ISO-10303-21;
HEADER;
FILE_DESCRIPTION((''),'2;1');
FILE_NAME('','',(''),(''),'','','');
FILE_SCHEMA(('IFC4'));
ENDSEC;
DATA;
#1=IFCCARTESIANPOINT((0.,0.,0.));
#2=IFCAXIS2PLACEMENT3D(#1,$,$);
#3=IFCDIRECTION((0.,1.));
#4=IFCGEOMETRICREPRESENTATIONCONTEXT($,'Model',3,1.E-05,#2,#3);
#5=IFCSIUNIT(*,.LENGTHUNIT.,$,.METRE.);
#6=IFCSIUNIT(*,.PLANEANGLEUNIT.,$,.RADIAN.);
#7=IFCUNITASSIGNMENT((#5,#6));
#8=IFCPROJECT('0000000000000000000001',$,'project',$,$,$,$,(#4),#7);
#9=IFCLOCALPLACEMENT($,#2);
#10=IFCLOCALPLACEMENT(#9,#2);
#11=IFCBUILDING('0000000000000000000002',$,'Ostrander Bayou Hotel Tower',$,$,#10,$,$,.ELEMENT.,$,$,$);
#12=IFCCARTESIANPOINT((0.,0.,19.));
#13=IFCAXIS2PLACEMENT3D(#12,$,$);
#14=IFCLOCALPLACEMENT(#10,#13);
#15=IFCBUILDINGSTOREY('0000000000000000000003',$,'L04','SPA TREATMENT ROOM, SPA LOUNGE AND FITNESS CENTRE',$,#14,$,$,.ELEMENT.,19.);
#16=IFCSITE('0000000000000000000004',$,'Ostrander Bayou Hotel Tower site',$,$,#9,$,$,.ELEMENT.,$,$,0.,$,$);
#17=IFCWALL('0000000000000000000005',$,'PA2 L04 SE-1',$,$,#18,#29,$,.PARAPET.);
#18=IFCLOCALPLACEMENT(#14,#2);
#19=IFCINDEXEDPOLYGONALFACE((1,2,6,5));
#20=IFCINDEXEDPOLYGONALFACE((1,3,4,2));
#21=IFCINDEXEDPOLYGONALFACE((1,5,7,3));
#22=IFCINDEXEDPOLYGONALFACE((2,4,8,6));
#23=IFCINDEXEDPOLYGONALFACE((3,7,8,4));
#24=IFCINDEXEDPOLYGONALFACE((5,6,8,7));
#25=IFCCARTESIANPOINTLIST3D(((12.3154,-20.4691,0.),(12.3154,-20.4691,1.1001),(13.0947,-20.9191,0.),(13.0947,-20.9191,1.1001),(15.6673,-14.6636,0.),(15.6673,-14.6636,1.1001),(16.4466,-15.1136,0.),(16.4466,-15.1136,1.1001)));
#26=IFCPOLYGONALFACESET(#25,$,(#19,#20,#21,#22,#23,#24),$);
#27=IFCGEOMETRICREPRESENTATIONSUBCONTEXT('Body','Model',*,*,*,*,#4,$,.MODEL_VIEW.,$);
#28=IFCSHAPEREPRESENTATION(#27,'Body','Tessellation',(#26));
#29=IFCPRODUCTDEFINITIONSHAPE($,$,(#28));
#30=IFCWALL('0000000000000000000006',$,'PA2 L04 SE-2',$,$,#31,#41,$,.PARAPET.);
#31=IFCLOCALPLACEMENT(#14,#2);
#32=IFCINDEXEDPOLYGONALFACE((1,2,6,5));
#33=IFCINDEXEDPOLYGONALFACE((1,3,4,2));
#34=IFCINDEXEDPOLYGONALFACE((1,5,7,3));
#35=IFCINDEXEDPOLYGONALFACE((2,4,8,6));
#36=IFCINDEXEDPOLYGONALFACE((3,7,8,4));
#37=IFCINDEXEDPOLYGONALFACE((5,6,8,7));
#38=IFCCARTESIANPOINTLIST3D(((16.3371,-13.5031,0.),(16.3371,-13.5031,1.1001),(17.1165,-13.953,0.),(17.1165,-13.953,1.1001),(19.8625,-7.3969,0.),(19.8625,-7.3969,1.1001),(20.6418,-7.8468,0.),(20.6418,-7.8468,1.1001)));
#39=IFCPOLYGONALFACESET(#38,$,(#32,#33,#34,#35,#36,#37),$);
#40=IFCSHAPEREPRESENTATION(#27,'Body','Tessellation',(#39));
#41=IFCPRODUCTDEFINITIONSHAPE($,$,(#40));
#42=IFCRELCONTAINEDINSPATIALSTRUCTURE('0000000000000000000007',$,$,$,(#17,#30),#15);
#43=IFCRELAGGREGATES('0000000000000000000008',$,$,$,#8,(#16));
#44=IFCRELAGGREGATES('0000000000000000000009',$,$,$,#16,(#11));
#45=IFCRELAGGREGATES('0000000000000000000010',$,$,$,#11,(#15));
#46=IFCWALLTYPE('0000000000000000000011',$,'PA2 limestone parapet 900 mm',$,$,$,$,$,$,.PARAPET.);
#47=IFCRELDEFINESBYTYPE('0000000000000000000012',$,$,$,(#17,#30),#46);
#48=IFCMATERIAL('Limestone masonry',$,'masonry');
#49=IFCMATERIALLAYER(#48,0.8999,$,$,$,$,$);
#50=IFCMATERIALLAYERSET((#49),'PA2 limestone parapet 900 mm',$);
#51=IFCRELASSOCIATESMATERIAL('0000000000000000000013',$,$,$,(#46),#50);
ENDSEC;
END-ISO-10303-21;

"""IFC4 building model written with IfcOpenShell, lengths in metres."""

from ifc_helpers import new_model, si_unit, direction, frame, frame_2d, origin, place, context, subcontext, project, spatial, rectangle, extrude, material, layer, layer_set, type_object, element, save


model = new_model("IFC4")

# Units and contexts
model_context = context("Model", 3, precision=1e-05, world=origin(), true_north=direction((0.0, 1.0)))
body_context = subcontext(model_context, "Body", "Model", "MODEL_VIEW")
ifc_project = project(units=[si_unit("LENGTHUNIT", "METRE"), si_unit("PLANEANGLEUNIT", "RADIAN")], contexts=[model_context])

# Site, building, storey
site_placement = place(None, origin())
site = spatial("IfcSite", under=ifc_project, at=site_placement, Name="Ostrander Bayou Hotel Tower site", CompositionType="ELEMENT", RefElevation=0.0)
building_placement = place(site_placement, origin())
building = spatial("IfcBuilding", under=site, at=building_placement, Name="Ostrander Bayou Hotel Tower", CompositionType="ELEMENT")
storey_placement = place(building_placement, frame((0.0, 0.0, 19.0)))
storey = spatial("IfcBuildingStorey", under=building, at=storey_placement, Name="L04", Description="SPA TREATMENT ROOM, SPA LOUNGE AND FITNESS CENTRE", CompositionType="ELEMENT", Elevation=19.0)

# Walls
ifc_material_1 = material(Name="Limestone masonry", Category="masonry")
ifc_layer_1 = layer(ifc_material_1, 0.8999)
ifc_layer_set_1 = layer_set([ifc_layer_1], Name="PA2 limestone parapet 900 mm")
wall_type_1 = type_object("IfcWallType", Name="PA2 limestone parapet 900 mm", PredefinedType="PARAPET", material=ifc_layer_set_1)
wall_1_placement = place(storey_placement, frame((12.7051, -20.6941, 0.0), z_axis=(0.0, 0.0, 1.0), x_axis=(0.500005, 0.866022, 0.0)))
element("IfcWall", 1, at=wall_1_placement, inside=storey, type_object=wall_type_1, Name="PA2 L04 SE-1", PredefinedType="PARAPET", context=body_context, shape_type="SweptSolid", body=[
    extrude(rectangle(XDim=6.7036, YDim=0.8999, at=frame_2d((3.3518, 0.0))), origin(), (0.0, 0.0, 1.0), 1.1001),
])
wall_2_placement = place(storey_placement, frame((16.7268, -13.728, 0.0), z_axis=(0.0, 0.0, 1.0), x_axis=(0.499997, 0.866027, 0.0)))
element("IfcWall", 2, at=wall_2_placement, inside=storey, type_object=wall_type_1, Name="PA2 L04 SE-2", PredefinedType="PARAPET", context=body_context, shape_type="SweptSolid", body=[
    extrude(rectangle(XDim=7.0508, YDim=0.8999, at=frame_2d((3.5254, 0.0))), origin(), (0.0, 0.0, 1.0), 1.1001),
])

save(model, "model.ifc")
